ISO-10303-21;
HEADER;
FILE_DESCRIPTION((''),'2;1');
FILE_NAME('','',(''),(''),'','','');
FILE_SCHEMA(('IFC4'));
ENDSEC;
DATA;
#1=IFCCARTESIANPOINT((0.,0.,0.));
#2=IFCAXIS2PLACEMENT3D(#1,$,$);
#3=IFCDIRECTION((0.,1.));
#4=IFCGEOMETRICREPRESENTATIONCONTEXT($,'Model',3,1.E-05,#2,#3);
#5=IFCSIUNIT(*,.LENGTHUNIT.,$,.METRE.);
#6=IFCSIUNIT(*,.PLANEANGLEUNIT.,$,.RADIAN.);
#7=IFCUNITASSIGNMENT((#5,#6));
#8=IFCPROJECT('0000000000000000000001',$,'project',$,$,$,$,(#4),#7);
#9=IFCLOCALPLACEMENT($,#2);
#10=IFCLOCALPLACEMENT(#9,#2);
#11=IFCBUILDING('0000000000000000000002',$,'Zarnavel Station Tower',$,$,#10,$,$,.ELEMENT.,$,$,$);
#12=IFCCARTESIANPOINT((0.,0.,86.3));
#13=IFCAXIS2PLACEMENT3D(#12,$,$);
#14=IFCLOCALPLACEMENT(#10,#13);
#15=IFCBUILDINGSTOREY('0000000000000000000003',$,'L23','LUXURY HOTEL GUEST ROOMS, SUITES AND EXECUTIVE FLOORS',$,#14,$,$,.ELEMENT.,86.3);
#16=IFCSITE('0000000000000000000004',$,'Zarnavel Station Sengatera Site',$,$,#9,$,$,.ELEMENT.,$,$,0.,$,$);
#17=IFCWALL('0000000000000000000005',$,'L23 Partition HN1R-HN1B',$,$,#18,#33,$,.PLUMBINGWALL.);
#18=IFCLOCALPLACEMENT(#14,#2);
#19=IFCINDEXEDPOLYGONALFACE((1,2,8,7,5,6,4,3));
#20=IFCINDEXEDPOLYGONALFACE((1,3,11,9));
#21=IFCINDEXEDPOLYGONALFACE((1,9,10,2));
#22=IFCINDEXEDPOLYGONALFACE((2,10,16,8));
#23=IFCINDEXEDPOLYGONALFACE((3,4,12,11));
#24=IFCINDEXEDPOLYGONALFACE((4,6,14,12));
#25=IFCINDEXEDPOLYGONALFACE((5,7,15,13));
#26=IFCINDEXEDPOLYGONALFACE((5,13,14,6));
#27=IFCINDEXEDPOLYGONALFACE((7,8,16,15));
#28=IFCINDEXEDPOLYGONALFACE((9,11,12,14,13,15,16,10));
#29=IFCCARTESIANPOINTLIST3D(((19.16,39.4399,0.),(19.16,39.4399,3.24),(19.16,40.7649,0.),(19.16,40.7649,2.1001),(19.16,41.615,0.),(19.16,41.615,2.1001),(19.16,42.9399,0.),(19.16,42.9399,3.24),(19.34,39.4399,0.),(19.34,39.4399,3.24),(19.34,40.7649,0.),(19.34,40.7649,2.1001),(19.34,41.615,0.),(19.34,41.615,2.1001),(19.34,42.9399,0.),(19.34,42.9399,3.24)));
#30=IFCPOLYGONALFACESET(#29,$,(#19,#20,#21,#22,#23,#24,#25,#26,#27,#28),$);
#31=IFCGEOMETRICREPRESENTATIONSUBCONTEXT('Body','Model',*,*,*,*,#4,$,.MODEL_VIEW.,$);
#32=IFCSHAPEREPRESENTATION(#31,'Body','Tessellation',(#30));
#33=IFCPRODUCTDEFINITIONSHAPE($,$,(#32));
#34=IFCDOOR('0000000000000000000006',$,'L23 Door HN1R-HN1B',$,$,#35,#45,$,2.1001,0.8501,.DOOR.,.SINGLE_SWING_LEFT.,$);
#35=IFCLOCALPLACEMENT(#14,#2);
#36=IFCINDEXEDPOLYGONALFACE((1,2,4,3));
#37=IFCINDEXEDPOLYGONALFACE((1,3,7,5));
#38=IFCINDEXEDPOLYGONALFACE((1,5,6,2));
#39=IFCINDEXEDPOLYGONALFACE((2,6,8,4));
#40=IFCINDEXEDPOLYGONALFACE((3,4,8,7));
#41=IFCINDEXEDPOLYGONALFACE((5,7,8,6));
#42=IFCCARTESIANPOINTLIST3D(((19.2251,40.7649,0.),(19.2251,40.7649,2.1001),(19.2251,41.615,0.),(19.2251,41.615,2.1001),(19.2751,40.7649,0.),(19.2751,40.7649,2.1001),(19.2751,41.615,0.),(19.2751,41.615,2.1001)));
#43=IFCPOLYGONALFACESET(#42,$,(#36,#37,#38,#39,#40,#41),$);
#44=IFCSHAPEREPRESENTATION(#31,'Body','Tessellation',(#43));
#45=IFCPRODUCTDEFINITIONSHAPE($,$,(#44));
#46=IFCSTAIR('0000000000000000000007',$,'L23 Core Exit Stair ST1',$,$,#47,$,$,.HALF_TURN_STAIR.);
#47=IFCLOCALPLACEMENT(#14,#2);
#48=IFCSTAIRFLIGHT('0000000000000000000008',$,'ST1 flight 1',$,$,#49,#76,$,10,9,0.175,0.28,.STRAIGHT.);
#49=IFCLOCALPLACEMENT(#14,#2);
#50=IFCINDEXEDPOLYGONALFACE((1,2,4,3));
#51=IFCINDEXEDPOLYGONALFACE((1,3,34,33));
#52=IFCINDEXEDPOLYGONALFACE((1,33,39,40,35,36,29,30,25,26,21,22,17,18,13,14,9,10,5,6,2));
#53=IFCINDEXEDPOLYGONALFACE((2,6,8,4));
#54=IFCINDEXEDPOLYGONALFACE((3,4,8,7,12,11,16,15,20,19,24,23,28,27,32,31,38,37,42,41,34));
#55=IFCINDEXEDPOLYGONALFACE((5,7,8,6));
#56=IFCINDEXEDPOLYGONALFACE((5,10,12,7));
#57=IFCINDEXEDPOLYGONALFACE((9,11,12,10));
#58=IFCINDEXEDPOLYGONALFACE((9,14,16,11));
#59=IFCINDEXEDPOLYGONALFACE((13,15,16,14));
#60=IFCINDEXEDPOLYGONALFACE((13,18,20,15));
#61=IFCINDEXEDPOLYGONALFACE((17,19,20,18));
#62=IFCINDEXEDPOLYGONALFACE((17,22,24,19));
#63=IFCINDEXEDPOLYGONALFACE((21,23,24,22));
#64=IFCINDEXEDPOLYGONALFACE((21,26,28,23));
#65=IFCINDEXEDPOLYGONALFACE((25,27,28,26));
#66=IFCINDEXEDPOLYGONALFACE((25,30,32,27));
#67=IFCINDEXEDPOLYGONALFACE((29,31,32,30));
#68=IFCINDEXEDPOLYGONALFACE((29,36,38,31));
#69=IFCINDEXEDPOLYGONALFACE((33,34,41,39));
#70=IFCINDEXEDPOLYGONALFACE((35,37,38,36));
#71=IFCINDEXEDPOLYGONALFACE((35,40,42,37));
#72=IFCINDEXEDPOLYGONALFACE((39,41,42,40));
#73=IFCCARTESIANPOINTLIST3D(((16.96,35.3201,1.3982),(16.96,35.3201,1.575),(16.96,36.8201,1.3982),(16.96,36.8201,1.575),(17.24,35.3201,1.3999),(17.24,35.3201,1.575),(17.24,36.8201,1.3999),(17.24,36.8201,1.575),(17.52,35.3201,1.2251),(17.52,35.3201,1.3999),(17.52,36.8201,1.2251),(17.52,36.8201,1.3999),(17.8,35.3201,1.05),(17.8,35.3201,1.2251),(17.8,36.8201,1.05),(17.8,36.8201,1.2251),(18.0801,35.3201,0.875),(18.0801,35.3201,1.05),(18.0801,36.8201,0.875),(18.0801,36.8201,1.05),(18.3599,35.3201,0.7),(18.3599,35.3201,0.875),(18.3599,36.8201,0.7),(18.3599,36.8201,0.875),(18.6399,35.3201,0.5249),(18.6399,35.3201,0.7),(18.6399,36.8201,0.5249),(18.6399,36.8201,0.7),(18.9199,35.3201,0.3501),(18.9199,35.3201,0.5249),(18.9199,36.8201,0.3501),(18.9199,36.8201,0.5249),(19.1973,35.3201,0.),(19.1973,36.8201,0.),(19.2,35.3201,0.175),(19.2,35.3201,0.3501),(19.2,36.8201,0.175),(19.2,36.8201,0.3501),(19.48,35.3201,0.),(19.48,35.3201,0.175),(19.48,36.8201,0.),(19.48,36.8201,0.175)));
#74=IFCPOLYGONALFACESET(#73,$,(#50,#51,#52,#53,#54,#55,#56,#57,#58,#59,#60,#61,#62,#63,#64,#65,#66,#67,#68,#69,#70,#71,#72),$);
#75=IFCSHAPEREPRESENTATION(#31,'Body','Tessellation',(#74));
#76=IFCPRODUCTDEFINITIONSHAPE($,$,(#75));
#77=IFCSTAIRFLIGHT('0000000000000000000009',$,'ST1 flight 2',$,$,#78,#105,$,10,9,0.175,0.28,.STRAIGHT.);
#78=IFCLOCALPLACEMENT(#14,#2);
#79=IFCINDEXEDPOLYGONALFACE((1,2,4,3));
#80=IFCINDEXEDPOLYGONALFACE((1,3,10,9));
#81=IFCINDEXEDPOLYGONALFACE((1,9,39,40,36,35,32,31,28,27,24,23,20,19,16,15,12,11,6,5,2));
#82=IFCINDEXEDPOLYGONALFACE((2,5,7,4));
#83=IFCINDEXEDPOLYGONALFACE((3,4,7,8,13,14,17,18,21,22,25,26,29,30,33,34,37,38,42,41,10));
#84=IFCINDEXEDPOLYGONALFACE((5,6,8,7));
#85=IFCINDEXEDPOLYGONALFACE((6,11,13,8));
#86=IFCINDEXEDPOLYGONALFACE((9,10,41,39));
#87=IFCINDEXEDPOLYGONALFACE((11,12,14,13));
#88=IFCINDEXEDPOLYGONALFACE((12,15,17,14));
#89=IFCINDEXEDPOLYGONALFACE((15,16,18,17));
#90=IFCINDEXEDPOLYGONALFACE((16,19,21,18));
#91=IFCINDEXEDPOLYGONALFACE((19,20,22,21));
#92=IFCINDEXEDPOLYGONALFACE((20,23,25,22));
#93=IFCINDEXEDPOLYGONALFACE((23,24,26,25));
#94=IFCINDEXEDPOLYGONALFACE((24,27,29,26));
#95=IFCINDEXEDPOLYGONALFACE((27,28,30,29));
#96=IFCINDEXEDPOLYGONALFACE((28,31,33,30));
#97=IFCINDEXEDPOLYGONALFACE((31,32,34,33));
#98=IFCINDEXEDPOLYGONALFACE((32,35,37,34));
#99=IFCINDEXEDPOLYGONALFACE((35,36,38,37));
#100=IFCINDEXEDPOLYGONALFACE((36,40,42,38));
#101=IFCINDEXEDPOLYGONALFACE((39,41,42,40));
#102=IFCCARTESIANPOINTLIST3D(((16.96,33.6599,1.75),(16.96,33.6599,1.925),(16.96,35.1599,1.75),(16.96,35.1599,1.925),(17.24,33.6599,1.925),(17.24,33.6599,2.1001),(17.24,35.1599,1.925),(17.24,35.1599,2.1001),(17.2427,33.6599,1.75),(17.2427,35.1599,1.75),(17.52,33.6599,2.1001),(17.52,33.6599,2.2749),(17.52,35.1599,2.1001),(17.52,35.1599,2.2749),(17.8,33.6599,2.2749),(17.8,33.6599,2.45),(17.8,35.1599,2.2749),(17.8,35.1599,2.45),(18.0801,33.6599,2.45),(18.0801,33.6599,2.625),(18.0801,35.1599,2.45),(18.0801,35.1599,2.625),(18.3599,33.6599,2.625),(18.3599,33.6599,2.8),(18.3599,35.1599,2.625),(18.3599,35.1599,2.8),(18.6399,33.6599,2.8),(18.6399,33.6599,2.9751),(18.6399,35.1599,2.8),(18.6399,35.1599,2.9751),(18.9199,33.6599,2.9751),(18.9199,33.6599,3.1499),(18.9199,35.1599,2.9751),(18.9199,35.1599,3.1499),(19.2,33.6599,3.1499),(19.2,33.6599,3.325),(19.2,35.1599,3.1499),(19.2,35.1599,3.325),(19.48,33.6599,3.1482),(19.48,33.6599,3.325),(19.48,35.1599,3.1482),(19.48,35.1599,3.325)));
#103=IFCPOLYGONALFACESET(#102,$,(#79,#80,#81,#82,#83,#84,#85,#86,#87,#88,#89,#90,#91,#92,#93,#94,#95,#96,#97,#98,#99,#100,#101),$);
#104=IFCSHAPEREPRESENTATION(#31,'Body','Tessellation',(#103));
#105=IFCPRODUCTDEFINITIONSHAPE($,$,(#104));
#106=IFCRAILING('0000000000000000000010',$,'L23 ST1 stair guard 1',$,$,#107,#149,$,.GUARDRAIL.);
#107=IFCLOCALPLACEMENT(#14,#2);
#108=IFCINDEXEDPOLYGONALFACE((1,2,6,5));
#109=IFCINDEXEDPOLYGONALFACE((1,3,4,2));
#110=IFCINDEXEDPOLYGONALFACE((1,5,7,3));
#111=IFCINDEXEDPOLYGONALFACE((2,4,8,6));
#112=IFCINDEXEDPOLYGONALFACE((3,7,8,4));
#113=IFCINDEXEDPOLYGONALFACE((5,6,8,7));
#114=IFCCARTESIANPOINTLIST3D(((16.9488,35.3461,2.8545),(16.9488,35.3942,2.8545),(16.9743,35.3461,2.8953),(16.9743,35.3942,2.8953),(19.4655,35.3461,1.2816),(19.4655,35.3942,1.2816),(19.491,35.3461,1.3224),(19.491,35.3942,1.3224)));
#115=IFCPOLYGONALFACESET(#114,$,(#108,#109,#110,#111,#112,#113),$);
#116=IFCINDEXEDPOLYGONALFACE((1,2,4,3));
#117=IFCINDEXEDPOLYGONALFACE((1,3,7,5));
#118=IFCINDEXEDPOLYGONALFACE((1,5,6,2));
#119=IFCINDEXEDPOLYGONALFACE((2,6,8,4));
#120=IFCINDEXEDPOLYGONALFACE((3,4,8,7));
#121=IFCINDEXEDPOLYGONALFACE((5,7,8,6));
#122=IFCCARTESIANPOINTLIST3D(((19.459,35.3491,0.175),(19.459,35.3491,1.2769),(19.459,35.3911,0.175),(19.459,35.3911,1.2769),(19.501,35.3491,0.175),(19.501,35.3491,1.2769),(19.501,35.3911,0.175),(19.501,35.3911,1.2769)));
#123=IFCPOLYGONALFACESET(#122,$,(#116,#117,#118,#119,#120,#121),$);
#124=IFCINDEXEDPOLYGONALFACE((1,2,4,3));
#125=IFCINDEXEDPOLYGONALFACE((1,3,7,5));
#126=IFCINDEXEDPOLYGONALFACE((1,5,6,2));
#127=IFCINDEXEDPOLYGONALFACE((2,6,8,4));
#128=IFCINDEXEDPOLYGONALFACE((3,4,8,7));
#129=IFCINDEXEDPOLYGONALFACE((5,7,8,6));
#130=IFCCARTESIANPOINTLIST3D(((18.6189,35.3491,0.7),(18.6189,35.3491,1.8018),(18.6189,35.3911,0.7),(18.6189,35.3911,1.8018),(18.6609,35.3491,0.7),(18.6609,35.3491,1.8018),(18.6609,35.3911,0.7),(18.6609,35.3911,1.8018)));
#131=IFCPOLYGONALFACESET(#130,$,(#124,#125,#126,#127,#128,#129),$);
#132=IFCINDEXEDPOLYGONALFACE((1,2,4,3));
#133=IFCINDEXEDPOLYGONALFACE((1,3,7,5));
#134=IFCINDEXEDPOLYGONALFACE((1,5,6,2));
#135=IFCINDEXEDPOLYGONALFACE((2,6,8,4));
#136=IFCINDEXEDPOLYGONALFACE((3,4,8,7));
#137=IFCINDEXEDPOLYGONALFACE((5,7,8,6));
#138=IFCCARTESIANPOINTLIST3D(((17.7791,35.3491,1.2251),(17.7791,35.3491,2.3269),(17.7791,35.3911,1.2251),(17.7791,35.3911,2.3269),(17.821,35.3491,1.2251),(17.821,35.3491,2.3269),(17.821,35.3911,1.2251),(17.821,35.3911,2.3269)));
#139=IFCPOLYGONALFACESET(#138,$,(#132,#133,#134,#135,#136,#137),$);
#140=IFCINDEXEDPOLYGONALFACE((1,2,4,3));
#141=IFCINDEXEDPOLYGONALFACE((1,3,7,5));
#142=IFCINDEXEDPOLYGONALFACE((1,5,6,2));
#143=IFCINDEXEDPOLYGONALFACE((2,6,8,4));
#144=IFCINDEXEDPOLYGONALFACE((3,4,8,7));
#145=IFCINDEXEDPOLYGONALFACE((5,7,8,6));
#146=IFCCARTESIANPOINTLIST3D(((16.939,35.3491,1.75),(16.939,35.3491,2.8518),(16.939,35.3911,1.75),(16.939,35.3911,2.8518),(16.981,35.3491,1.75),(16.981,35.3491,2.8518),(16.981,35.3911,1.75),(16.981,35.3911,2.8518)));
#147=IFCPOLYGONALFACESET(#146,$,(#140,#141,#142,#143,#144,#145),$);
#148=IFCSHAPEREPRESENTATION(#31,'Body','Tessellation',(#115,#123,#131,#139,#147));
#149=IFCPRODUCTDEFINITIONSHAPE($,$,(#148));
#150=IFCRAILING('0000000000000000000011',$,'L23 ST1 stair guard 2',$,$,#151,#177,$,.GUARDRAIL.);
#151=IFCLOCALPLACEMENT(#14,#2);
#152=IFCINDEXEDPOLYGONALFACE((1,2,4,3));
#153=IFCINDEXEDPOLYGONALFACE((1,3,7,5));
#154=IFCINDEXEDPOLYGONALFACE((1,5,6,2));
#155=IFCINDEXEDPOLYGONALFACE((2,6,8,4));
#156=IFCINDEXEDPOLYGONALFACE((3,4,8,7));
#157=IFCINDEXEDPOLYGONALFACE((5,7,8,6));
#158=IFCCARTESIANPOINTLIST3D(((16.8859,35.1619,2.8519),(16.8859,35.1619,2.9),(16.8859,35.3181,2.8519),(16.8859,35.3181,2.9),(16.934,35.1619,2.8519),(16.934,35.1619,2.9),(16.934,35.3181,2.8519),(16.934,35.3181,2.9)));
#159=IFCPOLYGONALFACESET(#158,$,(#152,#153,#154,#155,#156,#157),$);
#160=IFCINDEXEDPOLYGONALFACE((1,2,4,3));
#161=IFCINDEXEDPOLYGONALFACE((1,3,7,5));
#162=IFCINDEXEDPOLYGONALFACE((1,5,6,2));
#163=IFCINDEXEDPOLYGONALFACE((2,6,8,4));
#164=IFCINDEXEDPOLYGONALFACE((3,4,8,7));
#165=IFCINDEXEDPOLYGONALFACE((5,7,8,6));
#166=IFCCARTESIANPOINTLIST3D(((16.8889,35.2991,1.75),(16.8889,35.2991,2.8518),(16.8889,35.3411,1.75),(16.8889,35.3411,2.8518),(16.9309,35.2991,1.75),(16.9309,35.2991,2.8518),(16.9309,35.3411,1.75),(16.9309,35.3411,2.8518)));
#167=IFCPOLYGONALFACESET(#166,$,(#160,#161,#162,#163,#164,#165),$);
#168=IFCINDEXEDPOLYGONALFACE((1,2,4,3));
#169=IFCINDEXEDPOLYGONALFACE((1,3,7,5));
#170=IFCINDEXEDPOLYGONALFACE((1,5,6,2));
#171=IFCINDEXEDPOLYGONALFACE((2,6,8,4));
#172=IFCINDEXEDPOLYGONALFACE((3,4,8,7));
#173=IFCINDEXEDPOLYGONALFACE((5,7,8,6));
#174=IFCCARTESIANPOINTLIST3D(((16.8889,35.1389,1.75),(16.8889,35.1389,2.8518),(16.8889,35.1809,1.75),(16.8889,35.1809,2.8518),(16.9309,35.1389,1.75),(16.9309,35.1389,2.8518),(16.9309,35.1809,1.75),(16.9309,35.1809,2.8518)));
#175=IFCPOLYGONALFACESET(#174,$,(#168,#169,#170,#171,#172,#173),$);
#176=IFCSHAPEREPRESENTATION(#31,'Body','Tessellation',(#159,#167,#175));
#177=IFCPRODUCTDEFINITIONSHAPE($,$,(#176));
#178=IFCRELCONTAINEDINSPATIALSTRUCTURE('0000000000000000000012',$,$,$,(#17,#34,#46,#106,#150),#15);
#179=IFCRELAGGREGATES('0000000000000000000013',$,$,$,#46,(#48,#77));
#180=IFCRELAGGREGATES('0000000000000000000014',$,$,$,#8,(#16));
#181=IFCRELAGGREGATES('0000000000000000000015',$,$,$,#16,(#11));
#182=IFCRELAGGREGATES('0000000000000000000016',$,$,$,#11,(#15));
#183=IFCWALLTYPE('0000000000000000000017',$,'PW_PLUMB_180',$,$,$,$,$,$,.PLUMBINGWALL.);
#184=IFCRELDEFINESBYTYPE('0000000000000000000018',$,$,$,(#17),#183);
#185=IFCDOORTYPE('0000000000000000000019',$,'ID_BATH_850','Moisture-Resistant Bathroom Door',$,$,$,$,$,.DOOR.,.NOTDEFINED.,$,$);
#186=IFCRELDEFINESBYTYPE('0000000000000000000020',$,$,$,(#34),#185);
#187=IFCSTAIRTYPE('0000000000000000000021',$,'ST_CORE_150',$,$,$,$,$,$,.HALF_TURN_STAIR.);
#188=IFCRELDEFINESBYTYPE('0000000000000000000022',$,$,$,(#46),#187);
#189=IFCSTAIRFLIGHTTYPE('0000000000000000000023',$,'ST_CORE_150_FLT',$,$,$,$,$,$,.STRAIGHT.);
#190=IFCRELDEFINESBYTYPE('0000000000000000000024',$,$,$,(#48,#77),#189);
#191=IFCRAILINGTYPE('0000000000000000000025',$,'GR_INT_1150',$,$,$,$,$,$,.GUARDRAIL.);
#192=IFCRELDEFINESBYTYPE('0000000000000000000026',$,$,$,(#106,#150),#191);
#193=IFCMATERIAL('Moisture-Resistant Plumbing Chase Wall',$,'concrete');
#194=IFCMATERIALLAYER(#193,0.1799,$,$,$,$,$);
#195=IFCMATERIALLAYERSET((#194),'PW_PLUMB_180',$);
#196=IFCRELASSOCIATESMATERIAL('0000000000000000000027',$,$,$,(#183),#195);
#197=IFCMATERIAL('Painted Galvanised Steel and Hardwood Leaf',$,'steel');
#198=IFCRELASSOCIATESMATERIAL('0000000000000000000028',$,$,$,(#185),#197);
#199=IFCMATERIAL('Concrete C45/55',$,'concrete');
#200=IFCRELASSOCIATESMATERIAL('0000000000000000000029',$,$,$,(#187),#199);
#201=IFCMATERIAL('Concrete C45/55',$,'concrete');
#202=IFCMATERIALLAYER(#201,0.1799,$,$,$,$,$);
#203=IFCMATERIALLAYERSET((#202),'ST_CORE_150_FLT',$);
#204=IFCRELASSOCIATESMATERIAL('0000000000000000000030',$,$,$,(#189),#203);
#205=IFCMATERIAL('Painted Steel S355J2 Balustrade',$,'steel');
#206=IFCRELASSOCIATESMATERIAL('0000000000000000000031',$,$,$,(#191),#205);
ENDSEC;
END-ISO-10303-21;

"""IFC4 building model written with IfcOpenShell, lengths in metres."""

from ifc_helpers import new_model, si_unit, direction, frame, frame_2d, origin, origin_2d, place, context, subcontext, project, spatial, polyline, rectangle, outline, extrude, material, layer, layer_set, type_object, element, fill, aggregate, save


model = new_model("IFC4")

# Units and contexts
model_context = context("Model", 3, precision=1e-05, world=origin(), true_north=direction((0.0, 1.0)))
body_context = subcontext(model_context, "Body", "Model", "MODEL_VIEW")
ifc_project = project(units=[si_unit("LENGTHUNIT", "METRE"), si_unit("PLANEANGLEUNIT", "RADIAN")], contexts=[model_context])

# Site, building, storey
site_placement = place(None, origin())
site = spatial("IfcSite", under=ifc_project, at=site_placement, Name="Zarnavel Station Sengatera Site", CompositionType="ELEMENT", RefElevation=0.0)
building_placement = place(site_placement, origin())
building = spatial("IfcBuilding", under=site, at=building_placement, Name="Zarnavel Station Tower", CompositionType="ELEMENT")
storey_placement = place(building_placement, frame((0.0, 0.0, 86.3)))
storey = spatial("IfcBuildingStorey", under=building, at=storey_placement, Name="L23", Description="LUXURY HOTEL GUEST ROOMS, SUITES AND EXECUTIVE FLOORS", CompositionType="ELEMENT", Elevation=86.3)

# Shared definitions
ifc_material_1 = material(Name="Moisture-Resistant Plumbing Chase Wall", Category="concrete")
ifc_layer_1 = layer(ifc_material_1, 0.1799)
ifc_layer_set_1 = layer_set([ifc_layer_1], Name="PW_PLUMB_180")
wall_type_1 = type_object("IfcWallType", Name="PW_PLUMB_180", PredefinedType="PLUMBINGWALL", material=ifc_layer_set_1)

# Wall, opening, door
wall_1_placement = place(storey_placement, frame((19.25, 39.4399, 0.0), z_axis=(0.0, 0.0, 1.0), x_axis=(0.0, 1.0, 0.0)))
wall_1 = element("IfcWall", 1, at=wall_1_placement, inside=storey, type_object=wall_type_1, Name="L23 Partition HN1R-HN1B", PredefinedType="PLUMBINGWALL", context=body_context, shape_type="SweptSolid", body=[
    extrude(rectangle(XDim=3.5, YDim=0.1799, at=frame_2d((1.75, 0.0))), origin(), (0.0, 0.0, 1.0), 3.24),
])
opening_1_placement = place(wall_1_placement, frame((1.325, 0.0, 0.0)))
opening_1 = element("IfcOpeningElement", 2, at=opening_1_placement, cuts=wall_1, PredefinedType="OPENING", context=body_context, shape_type="SweptSolid", body=[
    extrude(rectangle(XDim=0.8501, YDim=2.1001, at=frame_2d((0.425, 1.05))), frame((0.0, 0.0999, 0.0), z_axis=(0.0, -1.0, 0.0), x_axis=(1.0, 0.0, 0.0)), (0.0, 0.0, 1.0), 0.2),
])
ifc_material_2 = material(Name="Painted Galvanised Steel and Hardwood Leaf", Category="steel")
door_type_1 = type_object("IfcDoorType", Name="ID_BATH_850", Description="Moisture-Resistant Bathroom Door", OperationType="NOTDEFINED", PredefinedType="DOOR", material=ifc_material_2)
door_1_placement = place(opening_1_placement, origin())
door_1 = element("IfcDoor", 3, at=door_1_placement, inside=storey, type_object=door_type_1, Name="L23 Door HN1R-HN1B", OperationType="SINGLE_SWING_LEFT", OverallHeight=2.1001, OverallWidth=0.8501, PredefinedType="DOOR", context=body_context, shape_type="SweptSolid", body=[
    extrude(rectangle(XDim=0.8501, YDim=2.1001, at=frame_2d((0.425, 1.05))), frame((0.0, 0.0249, 0.0), z_axis=(0.0, -1.0, 0.0), x_axis=(1.0, 0.0, 0.0)), (0.0, 0.0, 1.0), 0.05),
])
fill(opening_1, door_1)

# Stair, stair flights
ifc_material_3 = material(Name="Concrete C45/55", Category="concrete")
stair_type = type_object("IfcStairType", Name="ST_CORE_150", PredefinedType="HALF_TURN_STAIR", material=ifc_material_3)
stair_placement = place(storey_placement, origin())
stair = element("IfcStair", 4, at=stair_placement, inside=storey, type_object=stair_type, Name="L23 Core Exit Stair ST1", PredefinedType="HALF_TURN_STAIR")
ifc_material_4 = material(Name="Concrete C45/55", Category="concrete")
ifc_layer_2 = layer(ifc_material_4, 0.1799)
ifc_layer_set_2 = layer_set([ifc_layer_2], Name="ST_CORE_150_FLT")
stair_flight_type = type_object("IfcStairFlightType", Name="ST_CORE_150_FLT", PredefinedType="STRAIGHT", material=ifc_layer_set_2)
stair_flight_1_placement = place(storey_placement, frame((19.48, 36.0701, 0.0), z_axis=(0.0, 0.0, 1.0), x_axis=(-1.0, 0.0, 0.0)))
stair_flight_1 = element("IfcStairFlight", 5, at=stair_flight_1_placement, type_object=stair_flight_type, Name="ST1 flight 1", NumberOfRisers=10, NumberOfTreads=9, PredefinedType="STRAIGHT", RiserHeight=0.175, TreadLength=0.28, context=body_context, shape_type="SweptSolid", body=[
    extrude(outline(polyline([(0.0, 0.0), (0.0, 0.175), (0.28, 0.175), (0.28, 0.3501), (0.5601, 0.3501), (0.5601, 0.5249), (0.8401, 0.5249), (0.8401, 0.7), (1.1201, 0.7), (1.1201, 0.875), (1.3999, 0.875), (1.3999, 1.05), (1.6799, 1.05), (1.6799, 1.2251), (1.96, 1.2251), (1.96, 1.3999), (2.24, 1.3999), (2.24, 1.575), (2.52, 1.575), (2.52, 1.75), (2.52, 1.3982), (0.2827, 0.0), (0.0, 0.0)])), frame((0.0, 0.75, 0.0), z_axis=(0.0, -1.0, 0.0), x_axis=(1.0, 0.0, 0.0)), (0.0, 0.0, 1.0), 1.5),
])
stair_flight_2_placement = place(storey_placement, frame((16.96, 34.4099, 1.75), z_axis=(0.0, 0.0, 1.0), x_axis=(1.0, 0.0, 0.0)))
stair_flight_2 = element("IfcStairFlight", 6, at=stair_flight_2_placement, type_object=stair_flight_type, Name="ST1 flight 2", NumberOfRisers=10, NumberOfTreads=9, PredefinedType="STRAIGHT", RiserHeight=0.175, TreadLength=0.28, context=body_context, shape_type="SweptSolid", body=[
    extrude(outline(polyline([(0.0, 0.0), (0.0, 0.175), (0.28, 0.175), (0.28, 0.3501), (0.5601, 0.3501), (0.5601, 0.5249), (0.8401, 0.5249), (0.8401, 0.7), (1.1201, 0.7), (1.1201, 0.875), (1.3999, 0.875), (1.3999, 1.05), (1.6799, 1.05), (1.6799, 1.2251), (1.96, 1.2251), (1.96, 1.3999), (2.24, 1.3999), (2.24, 1.575), (2.52, 1.575), (2.52, 1.75), (2.52, 1.3982), (0.2827, 0.0), (0.0, 0.0)])), frame((0.0, 0.75, 0.0), z_axis=(0.0, -1.0, 0.0), x_axis=(1.0, 0.0, 0.0)), (0.0, 0.0, 1.0), 1.5),
])
aggregate(stair, [stair_flight_1, stair_flight_2])

# Railings
ifc_material_5 = material(Name="Painted Steel S355J2 Balustrade", Category="steel")
railing_type_1 = type_object("IfcRailingType", Name="GR_INT_1150", PredefinedType="GUARDRAIL", material=ifc_material_5)
railing_1_placement = place(storey_placement, frame((19.48, 35.3701, 0.175)))
element("IfcRailing", 7, at=railing_1_placement, inside=storey, type_object=railing_type_1, Name="L23 ST1 stair guard 1", PredefinedType="GUARDRAIL", context=body_context, shape_type="SweptSolid", body=[
    extrude(rectangle(XDim=0.0481, YDim=0.0481, at=origin_2d()), frame((-0.0017, 0.0, 1.127), z_axis=(-0.848008, 0.0, 0.529984), x_axis=(0.0, -1.0, 0.0)), (0.0, 0.0, 1.0), 2.9678),
    extrude(rectangle(XDim=0.042, YDim=0.042, at=origin_2d()), origin(), (0.0, 0.0, 1.0), 1.1018),
    extrude(rectangle(XDim=0.042, YDim=0.042, at=origin_2d()), frame((-0.8401, 0.0, 0.5249)), (0.0, 0.0, 1.0), 1.1018),
    extrude(rectangle(XDim=0.042, YDim=0.042, at=origin_2d()), frame((-1.6799, 0.0, 1.05)), (0.0, 0.0, 1.0), 1.1018),
    extrude(rectangle(XDim=0.042, YDim=0.042, at=origin_2d()), frame((-2.52, 0.0, 1.575)), (0.0, 0.0, 1.0), 1.1018),
])
railing_2_placement = place(storey_placement, frame((16.9099, 35.3201, 1.75)))
element("IfcRailing", 8, at=railing_2_placement, inside=storey, type_object=railing_type_1, Name="L23 ST1 stair guard 2", PredefinedType="GUARDRAIL", context=body_context, shape_type="SweptSolid", body=[
    extrude(rectangle(XDim=0.0481, YDim=0.0481, at=origin_2d()), frame((0.0, -0.002, 1.126), z_axis=(0.0, -1.0, 0.0), x_axis=(1.0, 0.0, 0.0)), (0.0, 0.0, 1.0), 0.1562),
    extrude(rectangle(XDim=0.042, YDim=0.042, at=origin_2d()), origin(), (0.0, 0.0, 1.0), 1.1018),
    extrude(rectangle(XDim=0.042, YDim=0.042, at=origin_2d()), frame((0.0, -0.1602, 0.0)), (0.0, 0.0, 1.0), 1.1018),
])

save(model, "model.ifc")
